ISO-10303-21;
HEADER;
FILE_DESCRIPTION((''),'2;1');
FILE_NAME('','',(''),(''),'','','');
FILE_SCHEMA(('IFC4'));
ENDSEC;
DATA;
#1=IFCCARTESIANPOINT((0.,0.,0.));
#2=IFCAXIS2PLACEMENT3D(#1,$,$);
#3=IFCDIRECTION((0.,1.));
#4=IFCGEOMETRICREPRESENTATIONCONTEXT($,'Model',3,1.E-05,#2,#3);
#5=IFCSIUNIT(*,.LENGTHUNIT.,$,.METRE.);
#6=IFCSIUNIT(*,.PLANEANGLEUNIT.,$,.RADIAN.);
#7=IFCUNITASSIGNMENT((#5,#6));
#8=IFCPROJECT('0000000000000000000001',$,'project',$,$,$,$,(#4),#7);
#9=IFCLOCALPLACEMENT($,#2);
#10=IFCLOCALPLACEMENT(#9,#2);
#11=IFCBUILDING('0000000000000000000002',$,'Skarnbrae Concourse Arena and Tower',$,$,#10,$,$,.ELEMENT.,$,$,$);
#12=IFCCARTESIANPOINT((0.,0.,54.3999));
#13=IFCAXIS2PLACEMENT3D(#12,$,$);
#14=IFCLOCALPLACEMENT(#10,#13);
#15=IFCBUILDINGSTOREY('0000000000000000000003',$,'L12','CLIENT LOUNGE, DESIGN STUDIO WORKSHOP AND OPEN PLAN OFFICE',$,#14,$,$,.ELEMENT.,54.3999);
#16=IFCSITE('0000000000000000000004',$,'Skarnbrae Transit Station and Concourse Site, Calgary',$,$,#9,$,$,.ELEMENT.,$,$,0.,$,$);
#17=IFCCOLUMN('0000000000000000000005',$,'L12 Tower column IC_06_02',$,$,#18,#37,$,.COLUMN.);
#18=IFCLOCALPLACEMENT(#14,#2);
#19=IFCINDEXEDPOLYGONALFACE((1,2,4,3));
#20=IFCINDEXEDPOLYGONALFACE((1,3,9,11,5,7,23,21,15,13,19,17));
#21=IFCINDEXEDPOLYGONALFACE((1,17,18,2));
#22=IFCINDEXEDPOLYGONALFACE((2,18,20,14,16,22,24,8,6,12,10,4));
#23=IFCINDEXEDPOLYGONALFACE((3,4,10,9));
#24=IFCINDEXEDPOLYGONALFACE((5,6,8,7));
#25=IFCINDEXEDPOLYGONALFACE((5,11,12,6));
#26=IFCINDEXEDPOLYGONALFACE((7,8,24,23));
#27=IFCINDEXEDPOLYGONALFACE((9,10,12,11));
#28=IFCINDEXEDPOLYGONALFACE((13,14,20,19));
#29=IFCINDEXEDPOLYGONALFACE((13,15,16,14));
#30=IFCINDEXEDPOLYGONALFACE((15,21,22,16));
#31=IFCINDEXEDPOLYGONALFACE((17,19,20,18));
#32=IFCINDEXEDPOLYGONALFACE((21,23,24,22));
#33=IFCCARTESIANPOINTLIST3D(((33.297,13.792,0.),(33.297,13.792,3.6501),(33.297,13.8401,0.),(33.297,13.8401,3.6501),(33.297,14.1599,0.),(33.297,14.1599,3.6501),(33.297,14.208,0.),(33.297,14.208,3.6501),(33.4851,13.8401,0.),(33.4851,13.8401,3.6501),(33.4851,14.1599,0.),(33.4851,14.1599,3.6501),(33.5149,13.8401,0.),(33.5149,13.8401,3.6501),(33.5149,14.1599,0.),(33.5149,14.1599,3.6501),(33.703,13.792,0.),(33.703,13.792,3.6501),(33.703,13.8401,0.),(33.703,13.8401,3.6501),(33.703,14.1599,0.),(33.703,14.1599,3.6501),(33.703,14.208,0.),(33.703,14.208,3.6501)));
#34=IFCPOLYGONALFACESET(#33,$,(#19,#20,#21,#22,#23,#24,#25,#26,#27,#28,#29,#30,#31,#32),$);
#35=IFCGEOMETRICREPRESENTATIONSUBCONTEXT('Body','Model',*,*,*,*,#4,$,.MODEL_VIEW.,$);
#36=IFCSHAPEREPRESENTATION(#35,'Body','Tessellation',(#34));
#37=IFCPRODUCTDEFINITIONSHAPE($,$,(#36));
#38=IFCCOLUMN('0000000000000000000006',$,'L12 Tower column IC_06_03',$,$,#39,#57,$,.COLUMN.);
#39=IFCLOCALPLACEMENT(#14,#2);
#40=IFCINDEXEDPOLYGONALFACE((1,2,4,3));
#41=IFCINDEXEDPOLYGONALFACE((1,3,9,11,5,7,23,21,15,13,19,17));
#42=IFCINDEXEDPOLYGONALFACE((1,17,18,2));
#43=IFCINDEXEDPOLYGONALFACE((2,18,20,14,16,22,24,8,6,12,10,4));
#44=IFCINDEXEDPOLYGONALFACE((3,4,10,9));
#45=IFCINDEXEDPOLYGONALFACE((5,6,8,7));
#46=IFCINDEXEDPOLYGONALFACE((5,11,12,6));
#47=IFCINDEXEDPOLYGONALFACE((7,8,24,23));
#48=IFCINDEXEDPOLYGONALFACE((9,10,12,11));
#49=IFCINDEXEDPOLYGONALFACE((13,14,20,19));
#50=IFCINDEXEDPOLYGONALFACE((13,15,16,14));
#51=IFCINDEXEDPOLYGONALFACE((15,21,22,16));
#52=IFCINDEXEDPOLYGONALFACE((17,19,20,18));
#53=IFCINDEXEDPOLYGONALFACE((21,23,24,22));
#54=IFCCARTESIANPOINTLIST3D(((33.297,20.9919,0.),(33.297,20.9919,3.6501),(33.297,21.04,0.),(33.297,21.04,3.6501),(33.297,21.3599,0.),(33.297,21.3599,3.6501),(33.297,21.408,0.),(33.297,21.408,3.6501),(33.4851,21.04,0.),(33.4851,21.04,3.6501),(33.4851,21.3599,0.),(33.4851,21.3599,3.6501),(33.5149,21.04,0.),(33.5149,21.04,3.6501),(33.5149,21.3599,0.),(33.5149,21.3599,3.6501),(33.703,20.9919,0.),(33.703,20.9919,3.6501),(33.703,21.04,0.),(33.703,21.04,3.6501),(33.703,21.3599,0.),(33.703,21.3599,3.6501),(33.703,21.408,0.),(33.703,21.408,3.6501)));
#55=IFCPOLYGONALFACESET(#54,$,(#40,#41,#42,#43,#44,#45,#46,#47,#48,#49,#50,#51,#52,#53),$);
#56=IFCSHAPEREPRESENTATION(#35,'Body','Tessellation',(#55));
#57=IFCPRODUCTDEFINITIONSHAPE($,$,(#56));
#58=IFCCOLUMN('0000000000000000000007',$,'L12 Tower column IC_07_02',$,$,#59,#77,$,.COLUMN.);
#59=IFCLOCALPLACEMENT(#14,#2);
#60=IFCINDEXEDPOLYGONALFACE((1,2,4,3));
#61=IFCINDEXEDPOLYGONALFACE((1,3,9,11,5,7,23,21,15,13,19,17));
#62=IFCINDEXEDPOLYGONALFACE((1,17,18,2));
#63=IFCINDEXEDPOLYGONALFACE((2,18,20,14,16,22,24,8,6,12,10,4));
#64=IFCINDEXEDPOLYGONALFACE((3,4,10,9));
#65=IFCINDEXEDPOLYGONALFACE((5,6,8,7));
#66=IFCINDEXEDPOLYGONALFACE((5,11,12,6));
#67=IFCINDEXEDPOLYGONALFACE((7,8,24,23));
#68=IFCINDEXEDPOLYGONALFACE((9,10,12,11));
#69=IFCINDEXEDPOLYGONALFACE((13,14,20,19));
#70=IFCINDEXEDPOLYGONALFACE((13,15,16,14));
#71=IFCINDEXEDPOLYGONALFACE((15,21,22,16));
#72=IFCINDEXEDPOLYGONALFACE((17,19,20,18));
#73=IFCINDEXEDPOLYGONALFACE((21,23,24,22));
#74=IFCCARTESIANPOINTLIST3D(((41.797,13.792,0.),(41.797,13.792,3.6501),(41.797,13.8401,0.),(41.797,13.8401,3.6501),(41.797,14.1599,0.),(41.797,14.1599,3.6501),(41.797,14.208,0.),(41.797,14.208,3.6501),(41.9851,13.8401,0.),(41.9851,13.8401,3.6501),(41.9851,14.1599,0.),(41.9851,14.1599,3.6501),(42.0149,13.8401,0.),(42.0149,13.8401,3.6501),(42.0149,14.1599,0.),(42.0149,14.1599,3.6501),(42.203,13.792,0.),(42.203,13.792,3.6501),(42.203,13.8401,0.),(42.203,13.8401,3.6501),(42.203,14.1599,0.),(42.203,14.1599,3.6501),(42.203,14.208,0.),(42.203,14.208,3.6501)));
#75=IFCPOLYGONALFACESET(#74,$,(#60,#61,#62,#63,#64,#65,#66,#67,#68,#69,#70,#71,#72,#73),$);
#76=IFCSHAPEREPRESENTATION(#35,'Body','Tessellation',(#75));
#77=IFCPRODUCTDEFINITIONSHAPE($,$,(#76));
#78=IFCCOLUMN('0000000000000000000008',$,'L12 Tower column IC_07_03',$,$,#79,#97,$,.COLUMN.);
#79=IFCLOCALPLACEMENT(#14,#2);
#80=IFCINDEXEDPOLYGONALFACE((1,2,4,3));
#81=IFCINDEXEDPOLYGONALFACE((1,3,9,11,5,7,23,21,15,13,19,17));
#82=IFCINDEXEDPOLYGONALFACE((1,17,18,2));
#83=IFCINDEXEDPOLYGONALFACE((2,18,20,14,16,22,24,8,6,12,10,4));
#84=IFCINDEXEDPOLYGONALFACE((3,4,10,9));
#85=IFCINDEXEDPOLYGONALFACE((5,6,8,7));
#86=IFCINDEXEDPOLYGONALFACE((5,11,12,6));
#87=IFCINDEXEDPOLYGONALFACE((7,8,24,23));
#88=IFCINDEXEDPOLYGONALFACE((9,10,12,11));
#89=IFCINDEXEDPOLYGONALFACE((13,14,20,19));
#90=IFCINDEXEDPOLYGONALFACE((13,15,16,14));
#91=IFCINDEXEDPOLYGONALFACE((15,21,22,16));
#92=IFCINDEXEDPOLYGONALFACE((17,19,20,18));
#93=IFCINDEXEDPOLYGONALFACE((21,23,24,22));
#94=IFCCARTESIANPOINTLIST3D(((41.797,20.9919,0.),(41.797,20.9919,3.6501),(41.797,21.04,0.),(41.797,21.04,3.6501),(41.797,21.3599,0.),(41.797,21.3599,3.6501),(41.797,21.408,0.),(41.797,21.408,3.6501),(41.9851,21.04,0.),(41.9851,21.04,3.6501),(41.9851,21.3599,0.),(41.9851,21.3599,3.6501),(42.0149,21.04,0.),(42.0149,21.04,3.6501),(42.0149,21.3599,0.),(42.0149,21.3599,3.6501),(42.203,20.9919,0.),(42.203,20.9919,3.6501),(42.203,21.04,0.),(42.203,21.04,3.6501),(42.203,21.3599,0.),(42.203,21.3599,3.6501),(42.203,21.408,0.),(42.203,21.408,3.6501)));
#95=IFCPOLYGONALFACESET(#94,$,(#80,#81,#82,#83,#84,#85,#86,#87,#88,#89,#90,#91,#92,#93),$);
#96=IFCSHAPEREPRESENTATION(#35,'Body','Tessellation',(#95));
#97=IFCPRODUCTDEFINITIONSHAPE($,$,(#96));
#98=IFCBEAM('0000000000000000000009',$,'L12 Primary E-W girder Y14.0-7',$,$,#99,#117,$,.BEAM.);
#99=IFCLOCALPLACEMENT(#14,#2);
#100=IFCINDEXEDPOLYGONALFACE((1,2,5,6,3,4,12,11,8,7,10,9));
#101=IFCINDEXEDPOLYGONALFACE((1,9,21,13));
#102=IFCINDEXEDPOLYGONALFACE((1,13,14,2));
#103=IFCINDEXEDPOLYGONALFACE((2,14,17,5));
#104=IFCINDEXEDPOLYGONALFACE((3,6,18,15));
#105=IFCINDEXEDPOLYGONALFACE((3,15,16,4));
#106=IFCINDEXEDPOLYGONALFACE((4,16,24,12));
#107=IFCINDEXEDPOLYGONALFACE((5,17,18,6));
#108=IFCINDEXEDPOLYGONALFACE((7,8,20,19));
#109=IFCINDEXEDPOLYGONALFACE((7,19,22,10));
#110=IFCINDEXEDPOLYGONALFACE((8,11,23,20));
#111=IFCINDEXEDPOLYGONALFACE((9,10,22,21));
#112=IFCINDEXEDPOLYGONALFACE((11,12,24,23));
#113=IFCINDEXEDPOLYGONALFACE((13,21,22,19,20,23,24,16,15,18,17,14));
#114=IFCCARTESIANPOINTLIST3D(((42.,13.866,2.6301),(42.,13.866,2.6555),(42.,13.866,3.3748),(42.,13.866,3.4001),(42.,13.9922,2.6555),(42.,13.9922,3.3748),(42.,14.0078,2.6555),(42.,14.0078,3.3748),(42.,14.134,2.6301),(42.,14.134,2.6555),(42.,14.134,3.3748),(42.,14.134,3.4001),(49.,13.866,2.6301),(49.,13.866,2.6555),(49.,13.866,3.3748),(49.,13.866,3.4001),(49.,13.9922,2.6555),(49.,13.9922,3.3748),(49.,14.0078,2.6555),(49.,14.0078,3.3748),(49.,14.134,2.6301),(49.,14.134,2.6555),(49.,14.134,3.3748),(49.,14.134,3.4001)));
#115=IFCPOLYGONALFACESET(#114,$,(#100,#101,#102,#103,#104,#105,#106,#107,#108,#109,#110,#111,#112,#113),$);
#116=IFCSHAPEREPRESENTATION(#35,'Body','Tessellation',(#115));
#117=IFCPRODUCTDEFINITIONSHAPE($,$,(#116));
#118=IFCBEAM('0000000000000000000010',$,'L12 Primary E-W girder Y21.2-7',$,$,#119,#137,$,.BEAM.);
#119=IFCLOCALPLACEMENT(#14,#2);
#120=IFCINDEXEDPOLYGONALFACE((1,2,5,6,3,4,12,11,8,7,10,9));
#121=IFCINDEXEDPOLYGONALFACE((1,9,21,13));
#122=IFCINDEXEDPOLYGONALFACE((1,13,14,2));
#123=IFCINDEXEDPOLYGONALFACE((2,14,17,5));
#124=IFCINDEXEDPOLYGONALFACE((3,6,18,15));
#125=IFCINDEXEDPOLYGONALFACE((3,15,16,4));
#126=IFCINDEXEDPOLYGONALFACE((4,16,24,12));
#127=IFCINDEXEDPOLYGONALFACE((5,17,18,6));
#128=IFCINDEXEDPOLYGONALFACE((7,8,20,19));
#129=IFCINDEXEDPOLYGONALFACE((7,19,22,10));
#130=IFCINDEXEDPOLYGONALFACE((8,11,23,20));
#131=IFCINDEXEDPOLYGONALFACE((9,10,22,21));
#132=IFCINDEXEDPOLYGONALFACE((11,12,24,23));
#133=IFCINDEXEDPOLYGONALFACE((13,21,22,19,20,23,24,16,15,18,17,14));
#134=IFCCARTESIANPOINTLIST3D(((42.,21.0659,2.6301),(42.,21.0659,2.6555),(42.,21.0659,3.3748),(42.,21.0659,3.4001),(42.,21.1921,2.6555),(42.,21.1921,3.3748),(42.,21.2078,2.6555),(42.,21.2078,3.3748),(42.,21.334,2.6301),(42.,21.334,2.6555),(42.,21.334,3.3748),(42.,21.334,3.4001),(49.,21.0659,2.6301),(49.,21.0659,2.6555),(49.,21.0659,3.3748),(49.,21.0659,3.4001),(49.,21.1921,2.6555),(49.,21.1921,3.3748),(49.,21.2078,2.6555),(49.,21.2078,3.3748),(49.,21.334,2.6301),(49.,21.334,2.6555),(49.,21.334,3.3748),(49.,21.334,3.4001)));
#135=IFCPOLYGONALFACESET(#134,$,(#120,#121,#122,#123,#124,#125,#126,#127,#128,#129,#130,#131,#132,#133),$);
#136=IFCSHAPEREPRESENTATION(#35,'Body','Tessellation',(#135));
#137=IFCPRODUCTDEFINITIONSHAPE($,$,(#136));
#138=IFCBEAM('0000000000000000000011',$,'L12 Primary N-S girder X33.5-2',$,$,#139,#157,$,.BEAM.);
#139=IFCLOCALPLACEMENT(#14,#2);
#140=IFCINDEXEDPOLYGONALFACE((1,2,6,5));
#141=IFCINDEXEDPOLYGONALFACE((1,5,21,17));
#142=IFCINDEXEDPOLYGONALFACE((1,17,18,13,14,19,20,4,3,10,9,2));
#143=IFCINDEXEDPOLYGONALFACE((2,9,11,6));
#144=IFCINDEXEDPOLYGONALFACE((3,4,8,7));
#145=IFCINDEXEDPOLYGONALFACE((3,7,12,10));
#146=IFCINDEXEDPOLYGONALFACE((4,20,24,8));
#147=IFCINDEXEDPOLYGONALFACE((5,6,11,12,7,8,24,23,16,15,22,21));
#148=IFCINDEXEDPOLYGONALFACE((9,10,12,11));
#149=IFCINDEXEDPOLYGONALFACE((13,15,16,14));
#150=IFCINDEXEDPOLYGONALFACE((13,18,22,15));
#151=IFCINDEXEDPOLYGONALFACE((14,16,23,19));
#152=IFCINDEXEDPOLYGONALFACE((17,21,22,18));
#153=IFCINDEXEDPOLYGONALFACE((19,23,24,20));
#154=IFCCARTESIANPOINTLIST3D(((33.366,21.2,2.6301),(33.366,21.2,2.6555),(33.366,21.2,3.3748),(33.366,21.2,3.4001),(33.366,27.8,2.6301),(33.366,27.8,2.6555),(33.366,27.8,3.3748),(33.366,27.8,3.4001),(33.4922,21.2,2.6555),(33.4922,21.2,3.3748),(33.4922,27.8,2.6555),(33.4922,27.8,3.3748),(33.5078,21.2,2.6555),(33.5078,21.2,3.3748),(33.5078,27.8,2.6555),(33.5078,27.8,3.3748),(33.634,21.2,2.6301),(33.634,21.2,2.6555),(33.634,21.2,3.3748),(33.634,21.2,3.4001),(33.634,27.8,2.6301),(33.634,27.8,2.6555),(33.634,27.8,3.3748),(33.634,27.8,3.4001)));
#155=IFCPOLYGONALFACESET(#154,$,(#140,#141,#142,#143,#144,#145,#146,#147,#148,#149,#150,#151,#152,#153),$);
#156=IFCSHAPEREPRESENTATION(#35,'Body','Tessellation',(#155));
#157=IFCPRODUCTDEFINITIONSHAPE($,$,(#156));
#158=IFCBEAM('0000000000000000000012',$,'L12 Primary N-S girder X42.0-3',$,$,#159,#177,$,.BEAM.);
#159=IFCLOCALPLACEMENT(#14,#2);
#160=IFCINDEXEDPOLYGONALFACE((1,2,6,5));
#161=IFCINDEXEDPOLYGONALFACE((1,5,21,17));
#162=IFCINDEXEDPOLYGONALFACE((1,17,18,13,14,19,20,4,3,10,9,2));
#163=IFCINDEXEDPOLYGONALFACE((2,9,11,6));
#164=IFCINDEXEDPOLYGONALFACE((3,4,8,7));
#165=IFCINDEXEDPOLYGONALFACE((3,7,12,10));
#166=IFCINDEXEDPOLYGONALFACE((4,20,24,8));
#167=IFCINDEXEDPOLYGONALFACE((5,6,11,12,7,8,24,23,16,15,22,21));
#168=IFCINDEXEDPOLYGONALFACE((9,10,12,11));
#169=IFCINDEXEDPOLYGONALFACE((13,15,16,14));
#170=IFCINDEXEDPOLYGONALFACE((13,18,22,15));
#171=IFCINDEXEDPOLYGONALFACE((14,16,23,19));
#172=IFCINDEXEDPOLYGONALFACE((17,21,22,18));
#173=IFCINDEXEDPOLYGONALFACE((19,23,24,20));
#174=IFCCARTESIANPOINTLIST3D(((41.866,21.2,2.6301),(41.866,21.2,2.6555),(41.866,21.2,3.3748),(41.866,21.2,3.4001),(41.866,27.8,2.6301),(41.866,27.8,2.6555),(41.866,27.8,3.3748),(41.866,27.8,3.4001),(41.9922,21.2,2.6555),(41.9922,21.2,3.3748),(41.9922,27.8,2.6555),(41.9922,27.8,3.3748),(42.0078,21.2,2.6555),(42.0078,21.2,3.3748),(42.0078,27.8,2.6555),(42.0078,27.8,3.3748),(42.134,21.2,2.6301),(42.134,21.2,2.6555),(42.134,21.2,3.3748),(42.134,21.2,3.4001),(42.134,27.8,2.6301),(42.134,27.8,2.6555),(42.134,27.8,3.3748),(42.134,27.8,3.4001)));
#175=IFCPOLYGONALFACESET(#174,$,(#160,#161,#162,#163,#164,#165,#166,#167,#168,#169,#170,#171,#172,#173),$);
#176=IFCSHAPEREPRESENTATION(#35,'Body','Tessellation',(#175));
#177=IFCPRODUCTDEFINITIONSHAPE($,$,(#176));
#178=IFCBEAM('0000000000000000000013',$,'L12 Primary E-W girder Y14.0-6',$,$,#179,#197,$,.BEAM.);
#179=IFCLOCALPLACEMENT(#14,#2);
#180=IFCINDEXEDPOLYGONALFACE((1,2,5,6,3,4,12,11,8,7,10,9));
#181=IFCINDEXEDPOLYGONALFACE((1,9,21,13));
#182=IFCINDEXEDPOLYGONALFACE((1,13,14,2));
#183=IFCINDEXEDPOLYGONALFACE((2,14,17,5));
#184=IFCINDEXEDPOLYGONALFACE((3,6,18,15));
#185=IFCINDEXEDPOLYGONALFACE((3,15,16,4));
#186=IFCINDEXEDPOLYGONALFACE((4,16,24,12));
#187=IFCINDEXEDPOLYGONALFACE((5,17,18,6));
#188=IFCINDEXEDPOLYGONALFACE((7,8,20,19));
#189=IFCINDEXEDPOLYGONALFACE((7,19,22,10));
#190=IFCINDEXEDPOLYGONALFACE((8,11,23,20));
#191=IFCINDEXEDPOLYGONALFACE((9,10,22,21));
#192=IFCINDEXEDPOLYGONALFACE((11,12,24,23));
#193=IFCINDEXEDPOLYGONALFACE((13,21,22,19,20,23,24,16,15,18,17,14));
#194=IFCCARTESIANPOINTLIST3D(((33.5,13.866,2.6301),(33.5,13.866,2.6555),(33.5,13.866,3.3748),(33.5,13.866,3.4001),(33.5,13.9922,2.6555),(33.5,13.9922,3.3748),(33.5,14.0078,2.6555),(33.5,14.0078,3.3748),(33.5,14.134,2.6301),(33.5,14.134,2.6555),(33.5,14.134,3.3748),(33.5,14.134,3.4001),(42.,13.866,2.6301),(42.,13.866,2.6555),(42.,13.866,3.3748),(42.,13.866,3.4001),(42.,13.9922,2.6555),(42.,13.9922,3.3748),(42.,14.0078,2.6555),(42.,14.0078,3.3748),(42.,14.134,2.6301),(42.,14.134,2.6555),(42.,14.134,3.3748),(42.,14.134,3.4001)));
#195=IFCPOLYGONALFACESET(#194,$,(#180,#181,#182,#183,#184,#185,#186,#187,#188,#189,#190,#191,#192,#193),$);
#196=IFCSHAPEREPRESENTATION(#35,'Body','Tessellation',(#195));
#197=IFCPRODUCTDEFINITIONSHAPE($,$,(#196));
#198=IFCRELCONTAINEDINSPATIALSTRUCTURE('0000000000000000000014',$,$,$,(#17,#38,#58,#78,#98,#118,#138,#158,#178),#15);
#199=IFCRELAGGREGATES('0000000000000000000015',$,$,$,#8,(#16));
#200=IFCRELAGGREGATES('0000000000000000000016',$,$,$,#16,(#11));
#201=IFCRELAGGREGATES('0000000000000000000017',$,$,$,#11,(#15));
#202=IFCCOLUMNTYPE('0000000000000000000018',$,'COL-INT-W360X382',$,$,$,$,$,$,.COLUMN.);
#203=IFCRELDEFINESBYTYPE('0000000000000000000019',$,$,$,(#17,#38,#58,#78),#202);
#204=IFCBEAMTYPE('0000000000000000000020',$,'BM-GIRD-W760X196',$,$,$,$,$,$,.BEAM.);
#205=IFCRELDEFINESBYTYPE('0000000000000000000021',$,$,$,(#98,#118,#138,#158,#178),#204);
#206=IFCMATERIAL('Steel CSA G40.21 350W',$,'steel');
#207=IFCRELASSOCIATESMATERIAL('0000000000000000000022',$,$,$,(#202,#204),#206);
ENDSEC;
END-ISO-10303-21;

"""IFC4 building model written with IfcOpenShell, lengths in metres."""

from ifc_helpers import new_model, si_unit, direction, frame, origin, origin_2d, place, context, subcontext, project, spatial, i_section, extrude, source, transform, mapped, material, material_profile, profile_set, type_object, element, save


model = new_model("IFC4")

# Units and contexts
model_context = context("Model", 3, precision=1e-05, world=origin(), true_north=direction((0.0, 1.0)))
body_context = subcontext(model_context, "Body", "Model", "MODEL_VIEW")
ifc_project = project(units=[si_unit("LENGTHUNIT", "METRE"), si_unit("PLANEANGLEUNIT", "RADIAN")], contexts=[model_context])

# Site, building, storey
site_placement = place(None, origin())
site = spatial("IfcSite", under=ifc_project, at=site_placement, Name="Skarnbrae Transit Station and Concourse Site, Calgary", CompositionType="ELEMENT", RefElevation=0.0)
building_placement = place(site_placement, origin())
building = spatial("IfcBuilding", under=site, at=building_placement, Name="Skarnbrae Concourse Arena and Tower", CompositionType="ELEMENT")
storey_placement = place(building_placement, frame((0.0, 0.0, 54.3999)))
storey = spatial("IfcBuildingStorey", under=building, at=storey_placement, Name="L12", Description="CLIENT LOUNGE, DESIGN STUDIO WORKSHOP AND OPEN PLAN OFFICE", CompositionType="ELEMENT", Elevation=54.3999)

# Columns
ifc_material_1 = material(Name="Steel CSA G40.21 350W", Category="steel")
ifc_material_profile_1 = material_profile(ifc_material_1, i_section(OverallWidth=0.406, OverallDepth=0.416, WebThickness=0.0298, FlangeThickness=0.0481, at=origin_2d()), Name="W360X382")
ifc_profile_set_1 = profile_set([ifc_material_profile_1], Name="Steel CSA G40.21 350W")
column_type = type_object("IfcColumnType", Name="COL-INT-W360X382", PredefinedType="COLUMN", material=ifc_profile_set_1)
shared_shape_1 = source(origin(), body_context, "Body", "SweptSolid", [
    extrude(i_section(OverallWidth=0.406, OverallDepth=0.416, WebThickness=0.0298, FlangeThickness=0.0481, at=origin_2d()), origin(), (0.0, 0.0, 1.0), 3.6501),
])
for number, where, z_axis, x_axis, name in (
    (1, (33.5, 14.0, 0.0), (0.0, 0.0, 1.0), (1.0, 0.0, 0.0), "L12 Tower column IC_06_02"),
    (2, (33.5, 21.2, 0.0), (0.0, 0.0, 1.0), (1.0, 0.0, 0.0), "L12 Tower column IC_06_03"),
    (3, (42.0, 14.0, 0.0), (0.0, 0.0, 1.0), (1.0, 0.0, 0.0), "L12 Tower column IC_07_02"),
    (4, (42.0, 21.2, 0.0), (0.0, 0.0, 1.0), (1.0, 0.0, 0.0), "L12 Tower column IC_07_03"),
):
    element("IfcColumn", number, at=place(storey_placement, frame(where, z_axis=z_axis, x_axis=x_axis)), inside=storey, type_object=column_type, Name=name, PredefinedType="COLUMN", context=body_context, shape_type="MappedRepresentation", body=[
        mapped(shared_shape_1, transform((0.0, 0.0, 0.0))),
    ])

# Beams
ifc_material_profile_2 = material_profile(ifc_material_1, i_section(OverallWidth=0.2681, OverallDepth=0.77, WebThickness=0.0156, FlangeThickness=0.0254, at=origin_2d()), Name="W760X196")
ifc_profile_set_2 = profile_set([ifc_material_profile_2], Name="Steel CSA G40.21 350W")
beam_type_1 = type_object("IfcBeamType", Name="BM-GIRD-W760X196", PredefinedType="BEAM", material=ifc_profile_set_2)
shared_shape_2 = source(origin(), body_context, "Body", "SweptSolid", [
    extrude(i_section(OverallWidth=0.2681, OverallDepth=0.77, WebThickness=0.0156, FlangeThickness=0.0254, at=origin_2d()), origin(), (0.0, 0.0, 1.0), 7.0),
])
for number, where, z_axis, x_axis, name in (
    (5, (42.0, 14.0, 3.0151), (1.0, 0.0, 0.0), (0.0, 1.0, 0.0), "L12 Primary E-W girder Y14.0-7"),
    (6, (42.0, 21.2, 3.0151), (1.0, 0.0, 0.0), (0.0, 1.0, 0.0), "L12 Primary E-W girder Y21.2-7"),
):
    element("IfcBeam", number, at=place(storey_placement, frame(where, z_axis=z_axis, x_axis=x_axis)), inside=storey, type_object=beam_type_1, Name=name, PredefinedType="BEAM", context=body_context, shape_type="MappedRepresentation", body=[
        mapped(shared_shape_2, transform((0.0, 0.0, 0.0))),
    ])
shared_shape_3 = source(origin(), body_context, "Body", "SweptSolid", [
    extrude(i_section(OverallWidth=0.2681, OverallDepth=0.77, WebThickness=0.0156, FlangeThickness=0.0254, at=origin_2d()), origin(), (0.0, 0.0, 1.0), 6.6001),
])
for number, where, z_axis, x_axis, name in (
    (7, (33.5, 21.2, 3.0151), (0.0, 1.0, 0.0), (-1.0, 0.0, 0.0), "L12 Primary N-S girder X33.5-2"),
    (8, (42.0, 21.2, 3.0151), (0.0, 1.0, 0.0), (-1.0, 0.0, 0.0), "L12 Primary N-S girder X42.0-3"),
):
    element("IfcBeam", number, at=place(storey_placement, frame(where, z_axis=z_axis, x_axis=x_axis)), inside=storey, type_object=beam_type_1, Name=name, PredefinedType="BEAM", context=body_context, shape_type="MappedRepresentation", body=[
        mapped(shared_shape_3, transform((0.0, 0.0, 0.0))),
    ])
shared_shape_4 = source(origin(), body_context, "Body", "SweptSolid", [
    extrude(i_section(OverallWidth=0.2681, OverallDepth=0.77, WebThickness=0.0156, FlangeThickness=0.0254, at=origin_2d()), origin(), (0.0, 0.0, 1.0), 8.5),
])
for number, where, z_axis, x_axis, name in (
    (9, (33.5, 14.0, 3.0151), (1.0, 0.0, 0.0), (0.0, 1.0, 0.0), "L12 Primary E-W girder Y14.0-6"),
):
    element("IfcBeam", number, at=place(storey_placement, frame(where, z_axis=z_axis, x_axis=x_axis)), inside=storey, type_object=beam_type_1, Name=name, PredefinedType="BEAM", context=body_context, shape_type="MappedRepresentation", body=[
        mapped(shared_shape_4, transform((0.0, 0.0, 0.0))),
    ])

save(model, "model.ifc")
